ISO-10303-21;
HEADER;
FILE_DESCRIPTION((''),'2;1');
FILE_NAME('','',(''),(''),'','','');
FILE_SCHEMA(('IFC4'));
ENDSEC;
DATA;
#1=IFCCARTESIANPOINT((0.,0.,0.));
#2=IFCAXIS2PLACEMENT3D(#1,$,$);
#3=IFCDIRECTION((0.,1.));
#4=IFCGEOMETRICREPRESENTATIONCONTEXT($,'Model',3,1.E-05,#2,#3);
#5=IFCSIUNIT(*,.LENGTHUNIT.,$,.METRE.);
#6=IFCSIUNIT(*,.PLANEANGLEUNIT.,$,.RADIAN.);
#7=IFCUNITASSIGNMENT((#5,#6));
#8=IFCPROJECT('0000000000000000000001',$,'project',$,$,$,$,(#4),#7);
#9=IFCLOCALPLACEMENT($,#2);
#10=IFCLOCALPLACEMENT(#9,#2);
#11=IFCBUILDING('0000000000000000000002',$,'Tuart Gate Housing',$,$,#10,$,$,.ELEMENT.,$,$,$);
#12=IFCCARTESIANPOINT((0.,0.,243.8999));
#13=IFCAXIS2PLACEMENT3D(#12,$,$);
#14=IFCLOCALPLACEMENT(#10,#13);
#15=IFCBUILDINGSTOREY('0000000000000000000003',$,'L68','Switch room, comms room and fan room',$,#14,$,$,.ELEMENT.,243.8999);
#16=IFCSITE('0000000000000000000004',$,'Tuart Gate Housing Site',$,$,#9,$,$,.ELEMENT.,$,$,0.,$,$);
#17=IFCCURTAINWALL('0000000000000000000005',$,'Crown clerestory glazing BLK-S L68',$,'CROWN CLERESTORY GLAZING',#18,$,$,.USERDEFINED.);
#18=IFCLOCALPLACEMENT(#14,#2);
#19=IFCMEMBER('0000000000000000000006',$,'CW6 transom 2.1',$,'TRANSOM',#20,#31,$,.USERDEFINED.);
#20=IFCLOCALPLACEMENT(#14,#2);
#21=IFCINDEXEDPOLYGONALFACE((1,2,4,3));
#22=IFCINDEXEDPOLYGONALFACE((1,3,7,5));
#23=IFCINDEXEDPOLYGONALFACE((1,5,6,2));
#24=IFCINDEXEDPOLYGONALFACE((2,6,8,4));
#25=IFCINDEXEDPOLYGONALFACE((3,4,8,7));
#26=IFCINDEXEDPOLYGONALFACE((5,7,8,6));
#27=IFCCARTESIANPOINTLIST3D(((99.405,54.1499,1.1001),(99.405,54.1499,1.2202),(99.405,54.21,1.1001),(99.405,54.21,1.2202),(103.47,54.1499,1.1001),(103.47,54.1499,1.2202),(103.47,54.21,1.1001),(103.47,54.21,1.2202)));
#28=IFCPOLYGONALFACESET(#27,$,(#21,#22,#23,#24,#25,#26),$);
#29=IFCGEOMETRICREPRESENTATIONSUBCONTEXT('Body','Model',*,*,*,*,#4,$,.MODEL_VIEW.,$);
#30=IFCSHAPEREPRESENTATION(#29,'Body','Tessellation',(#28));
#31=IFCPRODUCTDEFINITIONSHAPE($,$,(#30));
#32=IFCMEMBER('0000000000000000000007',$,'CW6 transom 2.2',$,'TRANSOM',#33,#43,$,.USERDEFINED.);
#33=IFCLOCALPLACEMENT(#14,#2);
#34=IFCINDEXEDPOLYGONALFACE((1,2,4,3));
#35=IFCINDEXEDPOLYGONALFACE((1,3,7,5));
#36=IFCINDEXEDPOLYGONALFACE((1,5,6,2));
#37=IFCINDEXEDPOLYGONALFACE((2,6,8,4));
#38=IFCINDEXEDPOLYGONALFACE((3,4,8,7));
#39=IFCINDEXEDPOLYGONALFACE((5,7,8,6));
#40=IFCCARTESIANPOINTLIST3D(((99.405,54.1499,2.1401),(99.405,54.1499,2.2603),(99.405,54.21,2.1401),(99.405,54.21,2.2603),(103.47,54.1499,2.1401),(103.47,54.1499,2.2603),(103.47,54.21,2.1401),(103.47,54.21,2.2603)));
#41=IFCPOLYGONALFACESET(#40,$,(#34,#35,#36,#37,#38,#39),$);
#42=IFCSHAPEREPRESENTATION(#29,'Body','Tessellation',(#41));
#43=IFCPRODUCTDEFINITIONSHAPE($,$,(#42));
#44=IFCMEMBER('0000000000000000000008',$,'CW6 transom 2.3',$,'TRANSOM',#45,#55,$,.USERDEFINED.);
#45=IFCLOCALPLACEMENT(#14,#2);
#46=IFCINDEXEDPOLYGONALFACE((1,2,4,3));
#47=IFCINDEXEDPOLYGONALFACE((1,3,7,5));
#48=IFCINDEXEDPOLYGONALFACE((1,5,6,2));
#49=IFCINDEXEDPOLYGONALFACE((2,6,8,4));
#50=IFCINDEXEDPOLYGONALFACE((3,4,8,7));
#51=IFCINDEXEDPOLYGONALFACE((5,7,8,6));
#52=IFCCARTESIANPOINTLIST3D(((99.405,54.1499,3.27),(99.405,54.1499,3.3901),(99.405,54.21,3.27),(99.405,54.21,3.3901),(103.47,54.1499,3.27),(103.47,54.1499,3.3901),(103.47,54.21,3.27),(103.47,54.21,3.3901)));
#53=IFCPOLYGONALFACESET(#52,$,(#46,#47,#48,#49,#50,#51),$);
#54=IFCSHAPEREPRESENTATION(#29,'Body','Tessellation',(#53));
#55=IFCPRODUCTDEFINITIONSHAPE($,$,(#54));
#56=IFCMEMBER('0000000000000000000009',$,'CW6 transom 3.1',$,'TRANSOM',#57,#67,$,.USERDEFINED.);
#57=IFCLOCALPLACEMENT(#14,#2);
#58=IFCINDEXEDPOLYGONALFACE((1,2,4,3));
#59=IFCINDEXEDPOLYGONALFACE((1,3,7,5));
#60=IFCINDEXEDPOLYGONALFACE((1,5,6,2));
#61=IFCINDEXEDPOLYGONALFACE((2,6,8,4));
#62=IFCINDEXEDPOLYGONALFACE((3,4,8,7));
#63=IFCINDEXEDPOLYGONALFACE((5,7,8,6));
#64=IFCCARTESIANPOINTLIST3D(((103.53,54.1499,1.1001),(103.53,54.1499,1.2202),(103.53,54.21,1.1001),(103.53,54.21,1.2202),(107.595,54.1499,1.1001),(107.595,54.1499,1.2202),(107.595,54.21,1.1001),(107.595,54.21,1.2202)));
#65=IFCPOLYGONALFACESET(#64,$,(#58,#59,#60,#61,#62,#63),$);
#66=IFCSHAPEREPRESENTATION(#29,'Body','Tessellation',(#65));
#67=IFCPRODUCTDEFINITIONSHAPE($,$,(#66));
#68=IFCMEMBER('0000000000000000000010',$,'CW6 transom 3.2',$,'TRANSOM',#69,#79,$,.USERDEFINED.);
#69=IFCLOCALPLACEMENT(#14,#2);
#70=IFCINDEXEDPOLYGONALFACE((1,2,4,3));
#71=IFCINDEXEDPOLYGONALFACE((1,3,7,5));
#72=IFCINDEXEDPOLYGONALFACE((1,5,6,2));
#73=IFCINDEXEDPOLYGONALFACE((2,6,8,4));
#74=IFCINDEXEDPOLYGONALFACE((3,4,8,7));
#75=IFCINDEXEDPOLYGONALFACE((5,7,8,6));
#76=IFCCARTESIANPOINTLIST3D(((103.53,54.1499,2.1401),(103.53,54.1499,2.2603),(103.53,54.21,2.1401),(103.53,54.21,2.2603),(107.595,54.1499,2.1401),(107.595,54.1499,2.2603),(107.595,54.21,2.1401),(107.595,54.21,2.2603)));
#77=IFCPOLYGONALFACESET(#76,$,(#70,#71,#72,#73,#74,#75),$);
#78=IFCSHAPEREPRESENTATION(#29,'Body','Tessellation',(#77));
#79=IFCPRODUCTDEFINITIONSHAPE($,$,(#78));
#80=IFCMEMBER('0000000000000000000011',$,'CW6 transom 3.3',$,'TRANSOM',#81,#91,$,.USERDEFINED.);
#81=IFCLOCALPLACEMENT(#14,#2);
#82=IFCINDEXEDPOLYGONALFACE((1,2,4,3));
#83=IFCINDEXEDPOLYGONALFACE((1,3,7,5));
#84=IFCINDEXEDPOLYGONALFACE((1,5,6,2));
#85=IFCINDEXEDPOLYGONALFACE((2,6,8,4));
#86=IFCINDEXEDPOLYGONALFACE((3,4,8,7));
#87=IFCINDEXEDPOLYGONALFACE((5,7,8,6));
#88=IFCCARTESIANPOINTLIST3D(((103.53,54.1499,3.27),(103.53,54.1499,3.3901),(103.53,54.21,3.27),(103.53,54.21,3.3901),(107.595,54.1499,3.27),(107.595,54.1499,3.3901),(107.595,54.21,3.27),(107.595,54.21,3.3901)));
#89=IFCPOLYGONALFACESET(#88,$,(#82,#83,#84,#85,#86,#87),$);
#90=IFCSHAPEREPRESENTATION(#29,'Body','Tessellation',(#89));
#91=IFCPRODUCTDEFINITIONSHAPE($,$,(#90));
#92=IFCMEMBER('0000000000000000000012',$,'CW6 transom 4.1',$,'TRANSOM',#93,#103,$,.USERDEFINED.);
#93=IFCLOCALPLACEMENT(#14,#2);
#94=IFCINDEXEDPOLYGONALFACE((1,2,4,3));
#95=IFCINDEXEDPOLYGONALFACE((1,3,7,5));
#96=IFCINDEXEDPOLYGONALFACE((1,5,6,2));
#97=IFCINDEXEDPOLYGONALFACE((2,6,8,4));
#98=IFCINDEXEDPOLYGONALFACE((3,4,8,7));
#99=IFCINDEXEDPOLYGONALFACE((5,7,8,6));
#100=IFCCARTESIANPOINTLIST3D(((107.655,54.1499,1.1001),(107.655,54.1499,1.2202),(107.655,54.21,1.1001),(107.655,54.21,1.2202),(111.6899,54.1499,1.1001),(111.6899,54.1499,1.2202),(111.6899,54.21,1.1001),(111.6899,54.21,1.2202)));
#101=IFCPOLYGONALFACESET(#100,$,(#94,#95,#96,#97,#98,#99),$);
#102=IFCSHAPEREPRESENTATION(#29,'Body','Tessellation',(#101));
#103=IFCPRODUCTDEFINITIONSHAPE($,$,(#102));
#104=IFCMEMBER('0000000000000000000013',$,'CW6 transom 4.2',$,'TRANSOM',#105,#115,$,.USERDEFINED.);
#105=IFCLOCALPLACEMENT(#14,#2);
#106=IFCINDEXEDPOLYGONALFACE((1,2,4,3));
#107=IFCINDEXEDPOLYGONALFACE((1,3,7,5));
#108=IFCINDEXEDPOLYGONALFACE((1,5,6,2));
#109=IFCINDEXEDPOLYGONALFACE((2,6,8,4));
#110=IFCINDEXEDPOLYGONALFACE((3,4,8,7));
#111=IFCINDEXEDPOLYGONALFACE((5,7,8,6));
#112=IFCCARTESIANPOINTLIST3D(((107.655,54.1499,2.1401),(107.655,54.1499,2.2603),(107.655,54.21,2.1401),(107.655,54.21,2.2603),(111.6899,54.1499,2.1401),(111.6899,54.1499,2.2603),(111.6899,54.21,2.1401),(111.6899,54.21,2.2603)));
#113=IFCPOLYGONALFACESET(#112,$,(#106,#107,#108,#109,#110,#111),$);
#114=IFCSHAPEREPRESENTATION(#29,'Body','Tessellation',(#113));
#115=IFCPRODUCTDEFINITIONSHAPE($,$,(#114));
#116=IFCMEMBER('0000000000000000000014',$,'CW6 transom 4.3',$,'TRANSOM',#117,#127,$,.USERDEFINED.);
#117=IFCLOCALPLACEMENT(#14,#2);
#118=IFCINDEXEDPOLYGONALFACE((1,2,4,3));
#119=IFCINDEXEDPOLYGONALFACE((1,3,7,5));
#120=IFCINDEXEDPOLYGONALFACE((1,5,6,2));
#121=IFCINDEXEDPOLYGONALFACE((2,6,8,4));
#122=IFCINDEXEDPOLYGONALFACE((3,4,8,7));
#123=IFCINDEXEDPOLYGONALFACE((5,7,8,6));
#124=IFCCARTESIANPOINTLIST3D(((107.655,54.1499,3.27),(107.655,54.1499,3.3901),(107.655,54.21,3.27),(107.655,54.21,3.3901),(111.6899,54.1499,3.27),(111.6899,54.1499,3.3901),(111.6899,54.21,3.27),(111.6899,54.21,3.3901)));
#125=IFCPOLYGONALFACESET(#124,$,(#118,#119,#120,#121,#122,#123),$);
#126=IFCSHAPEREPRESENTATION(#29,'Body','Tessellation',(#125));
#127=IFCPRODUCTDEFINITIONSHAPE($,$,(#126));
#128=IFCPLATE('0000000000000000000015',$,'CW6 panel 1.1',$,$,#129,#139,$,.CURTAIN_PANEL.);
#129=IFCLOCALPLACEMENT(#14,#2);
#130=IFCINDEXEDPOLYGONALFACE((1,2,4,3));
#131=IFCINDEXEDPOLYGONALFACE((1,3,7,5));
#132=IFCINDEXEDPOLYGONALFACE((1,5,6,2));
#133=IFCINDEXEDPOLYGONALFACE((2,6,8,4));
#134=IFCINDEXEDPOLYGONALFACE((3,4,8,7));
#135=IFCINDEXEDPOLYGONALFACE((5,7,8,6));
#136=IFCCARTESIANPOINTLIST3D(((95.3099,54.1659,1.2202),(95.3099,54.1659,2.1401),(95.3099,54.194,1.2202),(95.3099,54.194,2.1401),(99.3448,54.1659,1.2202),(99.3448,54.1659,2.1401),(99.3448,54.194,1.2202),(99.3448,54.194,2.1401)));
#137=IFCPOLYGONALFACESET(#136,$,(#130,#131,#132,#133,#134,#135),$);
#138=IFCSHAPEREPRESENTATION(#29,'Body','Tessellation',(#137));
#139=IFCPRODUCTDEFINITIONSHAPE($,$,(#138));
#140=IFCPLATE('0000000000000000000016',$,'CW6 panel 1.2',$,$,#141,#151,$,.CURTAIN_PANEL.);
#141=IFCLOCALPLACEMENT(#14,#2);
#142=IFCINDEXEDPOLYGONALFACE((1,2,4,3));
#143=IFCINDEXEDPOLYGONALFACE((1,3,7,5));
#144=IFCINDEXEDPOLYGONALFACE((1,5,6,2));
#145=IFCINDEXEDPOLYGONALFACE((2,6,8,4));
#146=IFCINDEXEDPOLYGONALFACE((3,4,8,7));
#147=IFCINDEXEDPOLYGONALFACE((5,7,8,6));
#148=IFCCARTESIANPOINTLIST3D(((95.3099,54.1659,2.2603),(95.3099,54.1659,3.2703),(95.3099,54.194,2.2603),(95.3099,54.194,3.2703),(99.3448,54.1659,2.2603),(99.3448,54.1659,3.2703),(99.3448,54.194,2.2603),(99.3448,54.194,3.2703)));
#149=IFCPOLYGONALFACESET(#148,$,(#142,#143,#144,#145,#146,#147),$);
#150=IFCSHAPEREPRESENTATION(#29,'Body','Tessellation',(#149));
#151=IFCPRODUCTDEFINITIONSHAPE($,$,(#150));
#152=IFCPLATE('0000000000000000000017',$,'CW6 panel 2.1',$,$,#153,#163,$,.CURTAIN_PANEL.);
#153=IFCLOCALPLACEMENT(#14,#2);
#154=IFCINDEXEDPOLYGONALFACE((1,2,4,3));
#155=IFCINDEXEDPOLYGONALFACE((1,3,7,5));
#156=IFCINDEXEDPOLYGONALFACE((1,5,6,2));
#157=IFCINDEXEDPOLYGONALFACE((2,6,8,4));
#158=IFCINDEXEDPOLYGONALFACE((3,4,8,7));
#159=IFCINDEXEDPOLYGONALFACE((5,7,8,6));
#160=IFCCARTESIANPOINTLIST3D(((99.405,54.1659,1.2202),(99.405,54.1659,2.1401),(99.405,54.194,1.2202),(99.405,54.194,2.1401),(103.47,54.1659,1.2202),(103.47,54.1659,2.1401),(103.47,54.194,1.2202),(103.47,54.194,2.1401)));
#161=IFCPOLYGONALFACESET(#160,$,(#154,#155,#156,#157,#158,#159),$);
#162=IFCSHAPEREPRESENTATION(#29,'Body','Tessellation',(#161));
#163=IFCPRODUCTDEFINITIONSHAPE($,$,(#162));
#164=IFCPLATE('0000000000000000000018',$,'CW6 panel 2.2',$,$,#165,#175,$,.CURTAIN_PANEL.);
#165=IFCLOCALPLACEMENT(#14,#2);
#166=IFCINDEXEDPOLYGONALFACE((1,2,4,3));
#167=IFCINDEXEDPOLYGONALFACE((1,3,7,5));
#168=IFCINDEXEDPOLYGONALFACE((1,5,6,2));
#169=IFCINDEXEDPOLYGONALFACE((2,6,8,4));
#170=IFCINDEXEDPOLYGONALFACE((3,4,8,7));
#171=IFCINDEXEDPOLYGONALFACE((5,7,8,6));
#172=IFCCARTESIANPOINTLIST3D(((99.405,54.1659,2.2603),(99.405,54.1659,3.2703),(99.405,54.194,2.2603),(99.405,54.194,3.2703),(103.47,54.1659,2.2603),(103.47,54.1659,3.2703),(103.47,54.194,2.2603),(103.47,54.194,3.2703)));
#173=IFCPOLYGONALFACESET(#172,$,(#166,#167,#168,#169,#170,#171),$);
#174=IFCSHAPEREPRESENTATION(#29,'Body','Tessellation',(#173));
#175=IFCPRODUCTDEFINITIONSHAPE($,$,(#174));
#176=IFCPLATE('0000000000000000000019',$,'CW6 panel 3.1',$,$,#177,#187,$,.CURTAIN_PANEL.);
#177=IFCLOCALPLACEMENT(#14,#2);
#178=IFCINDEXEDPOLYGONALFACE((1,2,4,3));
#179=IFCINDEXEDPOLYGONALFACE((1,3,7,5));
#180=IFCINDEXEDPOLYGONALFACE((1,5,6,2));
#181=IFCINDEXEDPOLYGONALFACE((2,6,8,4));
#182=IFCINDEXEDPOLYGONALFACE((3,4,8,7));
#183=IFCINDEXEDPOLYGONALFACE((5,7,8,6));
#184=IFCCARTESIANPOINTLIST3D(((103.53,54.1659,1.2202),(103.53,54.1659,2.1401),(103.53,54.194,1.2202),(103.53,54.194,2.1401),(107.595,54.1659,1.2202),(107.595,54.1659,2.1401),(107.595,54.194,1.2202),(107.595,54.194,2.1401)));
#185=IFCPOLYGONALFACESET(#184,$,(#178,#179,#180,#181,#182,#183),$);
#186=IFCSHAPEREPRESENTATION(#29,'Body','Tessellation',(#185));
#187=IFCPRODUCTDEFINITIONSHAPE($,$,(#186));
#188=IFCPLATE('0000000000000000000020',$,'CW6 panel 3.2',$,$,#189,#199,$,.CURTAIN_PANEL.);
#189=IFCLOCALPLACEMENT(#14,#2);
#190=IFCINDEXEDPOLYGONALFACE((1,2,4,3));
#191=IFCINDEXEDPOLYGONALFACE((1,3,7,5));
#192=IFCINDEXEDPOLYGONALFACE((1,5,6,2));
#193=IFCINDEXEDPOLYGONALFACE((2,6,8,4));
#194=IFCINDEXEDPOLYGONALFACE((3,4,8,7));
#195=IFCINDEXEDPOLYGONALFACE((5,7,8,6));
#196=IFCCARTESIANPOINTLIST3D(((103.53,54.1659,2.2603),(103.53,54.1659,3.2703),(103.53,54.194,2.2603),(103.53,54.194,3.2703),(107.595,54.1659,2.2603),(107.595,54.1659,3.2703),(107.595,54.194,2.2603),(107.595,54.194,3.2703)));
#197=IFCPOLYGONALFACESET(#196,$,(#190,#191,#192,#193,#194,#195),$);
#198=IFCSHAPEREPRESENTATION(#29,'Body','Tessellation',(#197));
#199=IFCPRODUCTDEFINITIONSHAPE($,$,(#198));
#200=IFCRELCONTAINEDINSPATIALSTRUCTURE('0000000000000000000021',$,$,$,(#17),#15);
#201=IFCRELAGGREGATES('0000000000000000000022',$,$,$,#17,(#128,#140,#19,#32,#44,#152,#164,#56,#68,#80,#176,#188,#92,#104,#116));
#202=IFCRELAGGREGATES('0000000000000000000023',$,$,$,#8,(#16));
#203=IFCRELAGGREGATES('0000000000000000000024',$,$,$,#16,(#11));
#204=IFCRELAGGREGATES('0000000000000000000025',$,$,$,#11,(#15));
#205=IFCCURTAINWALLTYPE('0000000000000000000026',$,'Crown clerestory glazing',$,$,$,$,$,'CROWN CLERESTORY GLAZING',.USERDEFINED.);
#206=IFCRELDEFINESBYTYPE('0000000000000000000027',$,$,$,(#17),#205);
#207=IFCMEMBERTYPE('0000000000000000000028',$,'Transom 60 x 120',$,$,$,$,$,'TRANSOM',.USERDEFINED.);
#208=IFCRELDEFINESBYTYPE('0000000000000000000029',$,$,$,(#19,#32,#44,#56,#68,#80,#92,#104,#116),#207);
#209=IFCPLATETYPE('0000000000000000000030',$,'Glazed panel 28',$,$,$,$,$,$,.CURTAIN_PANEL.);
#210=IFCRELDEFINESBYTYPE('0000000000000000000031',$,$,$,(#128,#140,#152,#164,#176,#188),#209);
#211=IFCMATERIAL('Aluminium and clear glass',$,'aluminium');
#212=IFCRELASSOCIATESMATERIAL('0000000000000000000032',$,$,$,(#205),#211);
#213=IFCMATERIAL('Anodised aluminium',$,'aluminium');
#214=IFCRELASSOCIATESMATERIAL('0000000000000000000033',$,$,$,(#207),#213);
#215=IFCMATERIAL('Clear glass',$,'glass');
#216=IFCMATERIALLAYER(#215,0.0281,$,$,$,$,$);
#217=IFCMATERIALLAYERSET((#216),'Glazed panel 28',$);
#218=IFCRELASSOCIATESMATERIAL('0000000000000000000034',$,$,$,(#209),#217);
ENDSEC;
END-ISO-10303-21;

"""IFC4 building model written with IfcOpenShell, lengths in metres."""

from ifc_helpers import new_model, si_unit, direction, frame, origin, origin_2d, place, context, subcontext, project, spatial, rectangle, extrude, material, layer, layer_set, material_profile, profile_set, type_object, element, aggregate, save


model = new_model("IFC4")

# Units and contexts
model_context = context("Model", 3, precision=1e-05, world=origin(), true_north=direction((0.0, 1.0)))
body_context = subcontext(model_context, "Body", "Model", "MODEL_VIEW")
ifc_project = project(units=[si_unit("LENGTHUNIT", "METRE"), si_unit("PLANEANGLEUNIT", "RADIAN")], contexts=[model_context])

# Site, building, storey
site_placement = place(None, origin())
site = spatial("IfcSite", under=ifc_project, at=site_placement, Name="Tuart Gate Housing Site", CompositionType="ELEMENT", RefElevation=0.0)
building_placement = place(site_placement, origin())
building = spatial("IfcBuilding", under=site, at=building_placement, Name="Tuart Gate Housing", CompositionType="ELEMENT")
storey_placement = place(building_placement, frame((0.0, 0.0, 243.8999)))
storey = spatial("IfcBuildingStorey", under=building, at=storey_placement, Name="L68", Description="Switch room, comms room and fan room", CompositionType="ELEMENT", Elevation=243.8999)

# Curtain wall, members, plates
ifc_material_1 = material(Name="Aluminium and clear glass", Category="aluminium")
curtain_wall_type = type_object("IfcCurtainWallType", Name="Crown clerestory glazing", ElementType="CROWN CLERESTORY GLAZING", PredefinedType="USERDEFINED", material=ifc_material_1)
curtain_wall_placement = place(storey_placement, origin())
curtain_wall = element("IfcCurtainWall", 1, at=curtain_wall_placement, inside=storey, type_object=curtain_wall_type, Name="Crown clerestory glazing BLK-S L68", ObjectType="CROWN CLERESTORY GLAZING", PredefinedType="USERDEFINED")
ifc_material_2 = material(Name="Anodised aluminium", Category="aluminium")
ifc_material_profile_1 = material_profile(ifc_material_2, rectangle(XDim=0.0601, YDim=0.1201, at=origin_2d()), Name="60x120")
ifc_profile_set_1 = profile_set([ifc_material_profile_1], Name="Anodised aluminium")
member_type_1 = type_object("IfcMemberType", Name="Transom 60 x 120", ElementType="TRANSOM", PredefinedType="USERDEFINED", material=ifc_profile_set_1)
member_1_placement = place(storey_placement, frame((99.405, 54.1799, 1.1602), z_axis=(1.0, 0.0, 0.0), x_axis=(0.0, 1.0, 0.0)))
member_1 = element("IfcMember", 2, at=member_1_placement, type_object=member_type_1, Name="CW6 transom 2.1", ObjectType="TRANSOM", PredefinedType="USERDEFINED", context=body_context, shape_type="SweptSolid", body=[
    extrude(rectangle(XDim=0.0601, YDim=0.1201, at=origin_2d()), origin(), (0.0, 0.0, 1.0), 4.0649),
])
member_2_placement = place(storey_placement, frame((99.405, 54.1799, 2.2002), z_axis=(1.0, 0.0, 0.0), x_axis=(0.0, 1.0, 0.0)))
member_2 = element("IfcMember", 3, at=member_2_placement, type_object=member_type_1, Name="CW6 transom 2.2", ObjectType="TRANSOM", PredefinedType="USERDEFINED", context=body_context, shape_type="SweptSolid", body=[
    extrude(rectangle(XDim=0.0601, YDim=0.1201, at=origin_2d()), origin(), (0.0, 0.0, 1.0), 4.0649),
])
member_3_placement = place(storey_placement, frame((99.405, 54.1799, 3.3301), z_axis=(1.0, 0.0, 0.0), x_axis=(0.0, 1.0, 0.0)))
member_3 = element("IfcMember", 4, at=member_3_placement, type_object=member_type_1, Name="CW6 transom 2.3", ObjectType="TRANSOM", PredefinedType="USERDEFINED", context=body_context, shape_type="SweptSolid", body=[
    extrude(rectangle(XDim=0.0601, YDim=0.1201, at=origin_2d()), origin(), (0.0, 0.0, 1.0), 4.0649),
])
member_4_placement = place(storey_placement, frame((103.53, 54.1799, 1.1602), z_axis=(1.0, 0.0, 0.0), x_axis=(0.0, 1.0, 0.0)))
member_4 = element("IfcMember", 5, at=member_4_placement, type_object=member_type_1, Name="CW6 transom 3.1", ObjectType="TRANSOM", PredefinedType="USERDEFINED", context=body_context, shape_type="SweptSolid", body=[
    extrude(rectangle(XDim=0.0601, YDim=0.1201, at=origin_2d()), origin(), (0.0, 0.0, 1.0), 4.0649),
])
member_5_placement = place(storey_placement, frame((103.53, 54.1799, 2.2002), z_axis=(1.0, 0.0, 0.0), x_axis=(0.0, 1.0, 0.0)))
member_5 = element("IfcMember", 6, at=member_5_placement, type_object=member_type_1, Name="CW6 transom 3.2", ObjectType="TRANSOM", PredefinedType="USERDEFINED", context=body_context, shape_type="SweptSolid", body=[
    extrude(rectangle(XDim=0.0601, YDim=0.1201, at=origin_2d()), origin(), (0.0, 0.0, 1.0), 4.0649),
])
member_6_placement = place(storey_placement, frame((103.53, 54.1799, 3.3301), z_axis=(1.0, 0.0, 0.0), x_axis=(0.0, 1.0, 0.0)))
member_6 = element("IfcMember", 7, at=member_6_placement, type_object=member_type_1, Name="CW6 transom 3.3", ObjectType="TRANSOM", PredefinedType="USERDEFINED", context=body_context, shape_type="SweptSolid", body=[
    extrude(rectangle(XDim=0.0601, YDim=0.1201, at=origin_2d()), origin(), (0.0, 0.0, 1.0), 4.0649),
])
member_7_placement = place(storey_placement, frame((107.655, 54.1799, 1.1602), z_axis=(1.0, 0.0, 0.0), x_axis=(0.0, 1.0, 0.0)))
member_7 = element("IfcMember", 8, at=member_7_placement, type_object=member_type_1, Name="CW6 transom 4.1", ObjectType="TRANSOM", PredefinedType="USERDEFINED", context=body_context, shape_type="SweptSolid", body=[
    extrude(rectangle(XDim=0.0601, YDim=0.1201, at=origin_2d()), origin(), (0.0, 0.0, 1.0), 4.0349),
])
member_8_placement = place(storey_placement, frame((107.655, 54.1799, 2.2002), z_axis=(1.0, 0.0, 0.0), x_axis=(0.0, 1.0, 0.0)))
member_8 = element("IfcMember", 9, at=member_8_placement, type_object=member_type_1, Name="CW6 transom 4.2", ObjectType="TRANSOM", PredefinedType="USERDEFINED", context=body_context, shape_type="SweptSolid", body=[
    extrude(rectangle(XDim=0.0601, YDim=0.1201, at=origin_2d()), origin(), (0.0, 0.0, 1.0), 4.0349),
])
member_9_placement = place(storey_placement, frame((107.655, 54.1799, 3.3301), z_axis=(1.0, 0.0, 0.0), x_axis=(0.0, 1.0, 0.0)))
member_9 = element("IfcMember", 10, at=member_9_placement, type_object=member_type_1, Name="CW6 transom 4.3", ObjectType="TRANSOM", PredefinedType="USERDEFINED", context=body_context, shape_type="SweptSolid", body=[
    extrude(rectangle(XDim=0.0601, YDim=0.1201, at=origin_2d()), origin(), (0.0, 0.0, 1.0), 4.0349),
])
ifc_material_3 = material(Name="Clear glass", Category="glass")
ifc_layer_1 = layer(ifc_material_3, 0.0281)
ifc_layer_set_1 = layer_set([ifc_layer_1], Name="Glazed panel 28")
plate_type = type_object("IfcPlateType", Name="Glazed panel 28", PredefinedType="CURTAIN_PANEL", material=ifc_layer_set_1)
plate_1_placement = place(storey_placement, frame((97.3274, 54.1799, 1.2202), z_axis=(0.0, 0.0, 1.0), x_axis=(1.0, 0.0, 0.0)))
plate_1 = element("IfcPlate", 11, at=plate_1_placement, type_object=plate_type, Name="CW6 panel 1.1", PredefinedType="CURTAIN_PANEL", context=body_context, shape_type="SweptSolid", body=[
    extrude(rectangle(XDim=4.0349, YDim=0.0281, at=origin_2d()), origin(), (0.0, 0.0, 1.0), 0.9199),
])
plate_2_placement = place(storey_placement, frame((97.3274, 54.1799, 2.2603), z_axis=(0.0, 0.0, 1.0), x_axis=(1.0, 0.0, 0.0)))
plate_2 = element("IfcPlate", 12, at=plate_2_placement, type_object=plate_type, Name="CW6 panel 1.2", PredefinedType="CURTAIN_PANEL", context=body_context, shape_type="SweptSolid", body=[
    extrude(rectangle(XDim=4.0349, YDim=0.0281, at=origin_2d()), origin(), (0.0, 0.0, 1.0), 1.01),
])
plate_3_placement = place(storey_placement, frame((101.4375, 54.1799, 1.2202), z_axis=(0.0, 0.0, 1.0), x_axis=(1.0, 0.0, 0.0)))
plate_3 = element("IfcPlate", 13, at=plate_3_placement, type_object=plate_type, Name="CW6 panel 2.1", PredefinedType="CURTAIN_PANEL", context=body_context, shape_type="SweptSolid", body=[
    extrude(rectangle(XDim=4.0649, YDim=0.0281, at=origin_2d()), origin(), (0.0, 0.0, 1.0), 0.9199),
])
plate_4_placement = place(storey_placement, frame((101.4375, 54.1799, 2.2603), z_axis=(0.0, 0.0, 1.0), x_axis=(1.0, 0.0, 0.0)))
plate_4 = element("IfcPlate", 14, at=plate_4_placement, type_object=plate_type, Name="CW6 panel 2.2", PredefinedType="CURTAIN_PANEL", context=body_context, shape_type="SweptSolid", body=[
    extrude(rectangle(XDim=4.0649, YDim=0.0281, at=origin_2d()), origin(), (0.0, 0.0, 1.0), 1.01),
])
plate_5_placement = place(storey_placement, frame((105.5625, 54.1799, 1.2202), z_axis=(0.0, 0.0, 1.0), x_axis=(1.0, 0.0, 0.0)))
plate_5 = element("IfcPlate", 15, at=plate_5_placement, type_object=plate_type, Name="CW6 panel 3.1", PredefinedType="CURTAIN_PANEL", context=body_context, shape_type="SweptSolid", body=[
    extrude(rectangle(XDim=4.0649, YDim=0.0281, at=origin_2d()), origin(), (0.0, 0.0, 1.0), 0.9199),
])
plate_6_placement = place(storey_placement, frame((105.5625, 54.1799, 2.2603), z_axis=(0.0, 0.0, 1.0), x_axis=(1.0, 0.0, 0.0)))
plate_6 = element("IfcPlate", 16, at=plate_6_placement, type_object=plate_type, Name="CW6 panel 3.2", PredefinedType="CURTAIN_PANEL", context=body_context, shape_type="SweptSolid", body=[
    extrude(rectangle(XDim=4.0649, YDim=0.0281, at=origin_2d()), origin(), (0.0, 0.0, 1.0), 1.01),
])
aggregate(curtain_wall, [plate_1, plate_2, member_1, member_2, member_3, plate_3, plate_4, member_4, member_5, member_6, plate_5, plate_6, member_7, member_8, member_9])

save(model, "model.ifc")
